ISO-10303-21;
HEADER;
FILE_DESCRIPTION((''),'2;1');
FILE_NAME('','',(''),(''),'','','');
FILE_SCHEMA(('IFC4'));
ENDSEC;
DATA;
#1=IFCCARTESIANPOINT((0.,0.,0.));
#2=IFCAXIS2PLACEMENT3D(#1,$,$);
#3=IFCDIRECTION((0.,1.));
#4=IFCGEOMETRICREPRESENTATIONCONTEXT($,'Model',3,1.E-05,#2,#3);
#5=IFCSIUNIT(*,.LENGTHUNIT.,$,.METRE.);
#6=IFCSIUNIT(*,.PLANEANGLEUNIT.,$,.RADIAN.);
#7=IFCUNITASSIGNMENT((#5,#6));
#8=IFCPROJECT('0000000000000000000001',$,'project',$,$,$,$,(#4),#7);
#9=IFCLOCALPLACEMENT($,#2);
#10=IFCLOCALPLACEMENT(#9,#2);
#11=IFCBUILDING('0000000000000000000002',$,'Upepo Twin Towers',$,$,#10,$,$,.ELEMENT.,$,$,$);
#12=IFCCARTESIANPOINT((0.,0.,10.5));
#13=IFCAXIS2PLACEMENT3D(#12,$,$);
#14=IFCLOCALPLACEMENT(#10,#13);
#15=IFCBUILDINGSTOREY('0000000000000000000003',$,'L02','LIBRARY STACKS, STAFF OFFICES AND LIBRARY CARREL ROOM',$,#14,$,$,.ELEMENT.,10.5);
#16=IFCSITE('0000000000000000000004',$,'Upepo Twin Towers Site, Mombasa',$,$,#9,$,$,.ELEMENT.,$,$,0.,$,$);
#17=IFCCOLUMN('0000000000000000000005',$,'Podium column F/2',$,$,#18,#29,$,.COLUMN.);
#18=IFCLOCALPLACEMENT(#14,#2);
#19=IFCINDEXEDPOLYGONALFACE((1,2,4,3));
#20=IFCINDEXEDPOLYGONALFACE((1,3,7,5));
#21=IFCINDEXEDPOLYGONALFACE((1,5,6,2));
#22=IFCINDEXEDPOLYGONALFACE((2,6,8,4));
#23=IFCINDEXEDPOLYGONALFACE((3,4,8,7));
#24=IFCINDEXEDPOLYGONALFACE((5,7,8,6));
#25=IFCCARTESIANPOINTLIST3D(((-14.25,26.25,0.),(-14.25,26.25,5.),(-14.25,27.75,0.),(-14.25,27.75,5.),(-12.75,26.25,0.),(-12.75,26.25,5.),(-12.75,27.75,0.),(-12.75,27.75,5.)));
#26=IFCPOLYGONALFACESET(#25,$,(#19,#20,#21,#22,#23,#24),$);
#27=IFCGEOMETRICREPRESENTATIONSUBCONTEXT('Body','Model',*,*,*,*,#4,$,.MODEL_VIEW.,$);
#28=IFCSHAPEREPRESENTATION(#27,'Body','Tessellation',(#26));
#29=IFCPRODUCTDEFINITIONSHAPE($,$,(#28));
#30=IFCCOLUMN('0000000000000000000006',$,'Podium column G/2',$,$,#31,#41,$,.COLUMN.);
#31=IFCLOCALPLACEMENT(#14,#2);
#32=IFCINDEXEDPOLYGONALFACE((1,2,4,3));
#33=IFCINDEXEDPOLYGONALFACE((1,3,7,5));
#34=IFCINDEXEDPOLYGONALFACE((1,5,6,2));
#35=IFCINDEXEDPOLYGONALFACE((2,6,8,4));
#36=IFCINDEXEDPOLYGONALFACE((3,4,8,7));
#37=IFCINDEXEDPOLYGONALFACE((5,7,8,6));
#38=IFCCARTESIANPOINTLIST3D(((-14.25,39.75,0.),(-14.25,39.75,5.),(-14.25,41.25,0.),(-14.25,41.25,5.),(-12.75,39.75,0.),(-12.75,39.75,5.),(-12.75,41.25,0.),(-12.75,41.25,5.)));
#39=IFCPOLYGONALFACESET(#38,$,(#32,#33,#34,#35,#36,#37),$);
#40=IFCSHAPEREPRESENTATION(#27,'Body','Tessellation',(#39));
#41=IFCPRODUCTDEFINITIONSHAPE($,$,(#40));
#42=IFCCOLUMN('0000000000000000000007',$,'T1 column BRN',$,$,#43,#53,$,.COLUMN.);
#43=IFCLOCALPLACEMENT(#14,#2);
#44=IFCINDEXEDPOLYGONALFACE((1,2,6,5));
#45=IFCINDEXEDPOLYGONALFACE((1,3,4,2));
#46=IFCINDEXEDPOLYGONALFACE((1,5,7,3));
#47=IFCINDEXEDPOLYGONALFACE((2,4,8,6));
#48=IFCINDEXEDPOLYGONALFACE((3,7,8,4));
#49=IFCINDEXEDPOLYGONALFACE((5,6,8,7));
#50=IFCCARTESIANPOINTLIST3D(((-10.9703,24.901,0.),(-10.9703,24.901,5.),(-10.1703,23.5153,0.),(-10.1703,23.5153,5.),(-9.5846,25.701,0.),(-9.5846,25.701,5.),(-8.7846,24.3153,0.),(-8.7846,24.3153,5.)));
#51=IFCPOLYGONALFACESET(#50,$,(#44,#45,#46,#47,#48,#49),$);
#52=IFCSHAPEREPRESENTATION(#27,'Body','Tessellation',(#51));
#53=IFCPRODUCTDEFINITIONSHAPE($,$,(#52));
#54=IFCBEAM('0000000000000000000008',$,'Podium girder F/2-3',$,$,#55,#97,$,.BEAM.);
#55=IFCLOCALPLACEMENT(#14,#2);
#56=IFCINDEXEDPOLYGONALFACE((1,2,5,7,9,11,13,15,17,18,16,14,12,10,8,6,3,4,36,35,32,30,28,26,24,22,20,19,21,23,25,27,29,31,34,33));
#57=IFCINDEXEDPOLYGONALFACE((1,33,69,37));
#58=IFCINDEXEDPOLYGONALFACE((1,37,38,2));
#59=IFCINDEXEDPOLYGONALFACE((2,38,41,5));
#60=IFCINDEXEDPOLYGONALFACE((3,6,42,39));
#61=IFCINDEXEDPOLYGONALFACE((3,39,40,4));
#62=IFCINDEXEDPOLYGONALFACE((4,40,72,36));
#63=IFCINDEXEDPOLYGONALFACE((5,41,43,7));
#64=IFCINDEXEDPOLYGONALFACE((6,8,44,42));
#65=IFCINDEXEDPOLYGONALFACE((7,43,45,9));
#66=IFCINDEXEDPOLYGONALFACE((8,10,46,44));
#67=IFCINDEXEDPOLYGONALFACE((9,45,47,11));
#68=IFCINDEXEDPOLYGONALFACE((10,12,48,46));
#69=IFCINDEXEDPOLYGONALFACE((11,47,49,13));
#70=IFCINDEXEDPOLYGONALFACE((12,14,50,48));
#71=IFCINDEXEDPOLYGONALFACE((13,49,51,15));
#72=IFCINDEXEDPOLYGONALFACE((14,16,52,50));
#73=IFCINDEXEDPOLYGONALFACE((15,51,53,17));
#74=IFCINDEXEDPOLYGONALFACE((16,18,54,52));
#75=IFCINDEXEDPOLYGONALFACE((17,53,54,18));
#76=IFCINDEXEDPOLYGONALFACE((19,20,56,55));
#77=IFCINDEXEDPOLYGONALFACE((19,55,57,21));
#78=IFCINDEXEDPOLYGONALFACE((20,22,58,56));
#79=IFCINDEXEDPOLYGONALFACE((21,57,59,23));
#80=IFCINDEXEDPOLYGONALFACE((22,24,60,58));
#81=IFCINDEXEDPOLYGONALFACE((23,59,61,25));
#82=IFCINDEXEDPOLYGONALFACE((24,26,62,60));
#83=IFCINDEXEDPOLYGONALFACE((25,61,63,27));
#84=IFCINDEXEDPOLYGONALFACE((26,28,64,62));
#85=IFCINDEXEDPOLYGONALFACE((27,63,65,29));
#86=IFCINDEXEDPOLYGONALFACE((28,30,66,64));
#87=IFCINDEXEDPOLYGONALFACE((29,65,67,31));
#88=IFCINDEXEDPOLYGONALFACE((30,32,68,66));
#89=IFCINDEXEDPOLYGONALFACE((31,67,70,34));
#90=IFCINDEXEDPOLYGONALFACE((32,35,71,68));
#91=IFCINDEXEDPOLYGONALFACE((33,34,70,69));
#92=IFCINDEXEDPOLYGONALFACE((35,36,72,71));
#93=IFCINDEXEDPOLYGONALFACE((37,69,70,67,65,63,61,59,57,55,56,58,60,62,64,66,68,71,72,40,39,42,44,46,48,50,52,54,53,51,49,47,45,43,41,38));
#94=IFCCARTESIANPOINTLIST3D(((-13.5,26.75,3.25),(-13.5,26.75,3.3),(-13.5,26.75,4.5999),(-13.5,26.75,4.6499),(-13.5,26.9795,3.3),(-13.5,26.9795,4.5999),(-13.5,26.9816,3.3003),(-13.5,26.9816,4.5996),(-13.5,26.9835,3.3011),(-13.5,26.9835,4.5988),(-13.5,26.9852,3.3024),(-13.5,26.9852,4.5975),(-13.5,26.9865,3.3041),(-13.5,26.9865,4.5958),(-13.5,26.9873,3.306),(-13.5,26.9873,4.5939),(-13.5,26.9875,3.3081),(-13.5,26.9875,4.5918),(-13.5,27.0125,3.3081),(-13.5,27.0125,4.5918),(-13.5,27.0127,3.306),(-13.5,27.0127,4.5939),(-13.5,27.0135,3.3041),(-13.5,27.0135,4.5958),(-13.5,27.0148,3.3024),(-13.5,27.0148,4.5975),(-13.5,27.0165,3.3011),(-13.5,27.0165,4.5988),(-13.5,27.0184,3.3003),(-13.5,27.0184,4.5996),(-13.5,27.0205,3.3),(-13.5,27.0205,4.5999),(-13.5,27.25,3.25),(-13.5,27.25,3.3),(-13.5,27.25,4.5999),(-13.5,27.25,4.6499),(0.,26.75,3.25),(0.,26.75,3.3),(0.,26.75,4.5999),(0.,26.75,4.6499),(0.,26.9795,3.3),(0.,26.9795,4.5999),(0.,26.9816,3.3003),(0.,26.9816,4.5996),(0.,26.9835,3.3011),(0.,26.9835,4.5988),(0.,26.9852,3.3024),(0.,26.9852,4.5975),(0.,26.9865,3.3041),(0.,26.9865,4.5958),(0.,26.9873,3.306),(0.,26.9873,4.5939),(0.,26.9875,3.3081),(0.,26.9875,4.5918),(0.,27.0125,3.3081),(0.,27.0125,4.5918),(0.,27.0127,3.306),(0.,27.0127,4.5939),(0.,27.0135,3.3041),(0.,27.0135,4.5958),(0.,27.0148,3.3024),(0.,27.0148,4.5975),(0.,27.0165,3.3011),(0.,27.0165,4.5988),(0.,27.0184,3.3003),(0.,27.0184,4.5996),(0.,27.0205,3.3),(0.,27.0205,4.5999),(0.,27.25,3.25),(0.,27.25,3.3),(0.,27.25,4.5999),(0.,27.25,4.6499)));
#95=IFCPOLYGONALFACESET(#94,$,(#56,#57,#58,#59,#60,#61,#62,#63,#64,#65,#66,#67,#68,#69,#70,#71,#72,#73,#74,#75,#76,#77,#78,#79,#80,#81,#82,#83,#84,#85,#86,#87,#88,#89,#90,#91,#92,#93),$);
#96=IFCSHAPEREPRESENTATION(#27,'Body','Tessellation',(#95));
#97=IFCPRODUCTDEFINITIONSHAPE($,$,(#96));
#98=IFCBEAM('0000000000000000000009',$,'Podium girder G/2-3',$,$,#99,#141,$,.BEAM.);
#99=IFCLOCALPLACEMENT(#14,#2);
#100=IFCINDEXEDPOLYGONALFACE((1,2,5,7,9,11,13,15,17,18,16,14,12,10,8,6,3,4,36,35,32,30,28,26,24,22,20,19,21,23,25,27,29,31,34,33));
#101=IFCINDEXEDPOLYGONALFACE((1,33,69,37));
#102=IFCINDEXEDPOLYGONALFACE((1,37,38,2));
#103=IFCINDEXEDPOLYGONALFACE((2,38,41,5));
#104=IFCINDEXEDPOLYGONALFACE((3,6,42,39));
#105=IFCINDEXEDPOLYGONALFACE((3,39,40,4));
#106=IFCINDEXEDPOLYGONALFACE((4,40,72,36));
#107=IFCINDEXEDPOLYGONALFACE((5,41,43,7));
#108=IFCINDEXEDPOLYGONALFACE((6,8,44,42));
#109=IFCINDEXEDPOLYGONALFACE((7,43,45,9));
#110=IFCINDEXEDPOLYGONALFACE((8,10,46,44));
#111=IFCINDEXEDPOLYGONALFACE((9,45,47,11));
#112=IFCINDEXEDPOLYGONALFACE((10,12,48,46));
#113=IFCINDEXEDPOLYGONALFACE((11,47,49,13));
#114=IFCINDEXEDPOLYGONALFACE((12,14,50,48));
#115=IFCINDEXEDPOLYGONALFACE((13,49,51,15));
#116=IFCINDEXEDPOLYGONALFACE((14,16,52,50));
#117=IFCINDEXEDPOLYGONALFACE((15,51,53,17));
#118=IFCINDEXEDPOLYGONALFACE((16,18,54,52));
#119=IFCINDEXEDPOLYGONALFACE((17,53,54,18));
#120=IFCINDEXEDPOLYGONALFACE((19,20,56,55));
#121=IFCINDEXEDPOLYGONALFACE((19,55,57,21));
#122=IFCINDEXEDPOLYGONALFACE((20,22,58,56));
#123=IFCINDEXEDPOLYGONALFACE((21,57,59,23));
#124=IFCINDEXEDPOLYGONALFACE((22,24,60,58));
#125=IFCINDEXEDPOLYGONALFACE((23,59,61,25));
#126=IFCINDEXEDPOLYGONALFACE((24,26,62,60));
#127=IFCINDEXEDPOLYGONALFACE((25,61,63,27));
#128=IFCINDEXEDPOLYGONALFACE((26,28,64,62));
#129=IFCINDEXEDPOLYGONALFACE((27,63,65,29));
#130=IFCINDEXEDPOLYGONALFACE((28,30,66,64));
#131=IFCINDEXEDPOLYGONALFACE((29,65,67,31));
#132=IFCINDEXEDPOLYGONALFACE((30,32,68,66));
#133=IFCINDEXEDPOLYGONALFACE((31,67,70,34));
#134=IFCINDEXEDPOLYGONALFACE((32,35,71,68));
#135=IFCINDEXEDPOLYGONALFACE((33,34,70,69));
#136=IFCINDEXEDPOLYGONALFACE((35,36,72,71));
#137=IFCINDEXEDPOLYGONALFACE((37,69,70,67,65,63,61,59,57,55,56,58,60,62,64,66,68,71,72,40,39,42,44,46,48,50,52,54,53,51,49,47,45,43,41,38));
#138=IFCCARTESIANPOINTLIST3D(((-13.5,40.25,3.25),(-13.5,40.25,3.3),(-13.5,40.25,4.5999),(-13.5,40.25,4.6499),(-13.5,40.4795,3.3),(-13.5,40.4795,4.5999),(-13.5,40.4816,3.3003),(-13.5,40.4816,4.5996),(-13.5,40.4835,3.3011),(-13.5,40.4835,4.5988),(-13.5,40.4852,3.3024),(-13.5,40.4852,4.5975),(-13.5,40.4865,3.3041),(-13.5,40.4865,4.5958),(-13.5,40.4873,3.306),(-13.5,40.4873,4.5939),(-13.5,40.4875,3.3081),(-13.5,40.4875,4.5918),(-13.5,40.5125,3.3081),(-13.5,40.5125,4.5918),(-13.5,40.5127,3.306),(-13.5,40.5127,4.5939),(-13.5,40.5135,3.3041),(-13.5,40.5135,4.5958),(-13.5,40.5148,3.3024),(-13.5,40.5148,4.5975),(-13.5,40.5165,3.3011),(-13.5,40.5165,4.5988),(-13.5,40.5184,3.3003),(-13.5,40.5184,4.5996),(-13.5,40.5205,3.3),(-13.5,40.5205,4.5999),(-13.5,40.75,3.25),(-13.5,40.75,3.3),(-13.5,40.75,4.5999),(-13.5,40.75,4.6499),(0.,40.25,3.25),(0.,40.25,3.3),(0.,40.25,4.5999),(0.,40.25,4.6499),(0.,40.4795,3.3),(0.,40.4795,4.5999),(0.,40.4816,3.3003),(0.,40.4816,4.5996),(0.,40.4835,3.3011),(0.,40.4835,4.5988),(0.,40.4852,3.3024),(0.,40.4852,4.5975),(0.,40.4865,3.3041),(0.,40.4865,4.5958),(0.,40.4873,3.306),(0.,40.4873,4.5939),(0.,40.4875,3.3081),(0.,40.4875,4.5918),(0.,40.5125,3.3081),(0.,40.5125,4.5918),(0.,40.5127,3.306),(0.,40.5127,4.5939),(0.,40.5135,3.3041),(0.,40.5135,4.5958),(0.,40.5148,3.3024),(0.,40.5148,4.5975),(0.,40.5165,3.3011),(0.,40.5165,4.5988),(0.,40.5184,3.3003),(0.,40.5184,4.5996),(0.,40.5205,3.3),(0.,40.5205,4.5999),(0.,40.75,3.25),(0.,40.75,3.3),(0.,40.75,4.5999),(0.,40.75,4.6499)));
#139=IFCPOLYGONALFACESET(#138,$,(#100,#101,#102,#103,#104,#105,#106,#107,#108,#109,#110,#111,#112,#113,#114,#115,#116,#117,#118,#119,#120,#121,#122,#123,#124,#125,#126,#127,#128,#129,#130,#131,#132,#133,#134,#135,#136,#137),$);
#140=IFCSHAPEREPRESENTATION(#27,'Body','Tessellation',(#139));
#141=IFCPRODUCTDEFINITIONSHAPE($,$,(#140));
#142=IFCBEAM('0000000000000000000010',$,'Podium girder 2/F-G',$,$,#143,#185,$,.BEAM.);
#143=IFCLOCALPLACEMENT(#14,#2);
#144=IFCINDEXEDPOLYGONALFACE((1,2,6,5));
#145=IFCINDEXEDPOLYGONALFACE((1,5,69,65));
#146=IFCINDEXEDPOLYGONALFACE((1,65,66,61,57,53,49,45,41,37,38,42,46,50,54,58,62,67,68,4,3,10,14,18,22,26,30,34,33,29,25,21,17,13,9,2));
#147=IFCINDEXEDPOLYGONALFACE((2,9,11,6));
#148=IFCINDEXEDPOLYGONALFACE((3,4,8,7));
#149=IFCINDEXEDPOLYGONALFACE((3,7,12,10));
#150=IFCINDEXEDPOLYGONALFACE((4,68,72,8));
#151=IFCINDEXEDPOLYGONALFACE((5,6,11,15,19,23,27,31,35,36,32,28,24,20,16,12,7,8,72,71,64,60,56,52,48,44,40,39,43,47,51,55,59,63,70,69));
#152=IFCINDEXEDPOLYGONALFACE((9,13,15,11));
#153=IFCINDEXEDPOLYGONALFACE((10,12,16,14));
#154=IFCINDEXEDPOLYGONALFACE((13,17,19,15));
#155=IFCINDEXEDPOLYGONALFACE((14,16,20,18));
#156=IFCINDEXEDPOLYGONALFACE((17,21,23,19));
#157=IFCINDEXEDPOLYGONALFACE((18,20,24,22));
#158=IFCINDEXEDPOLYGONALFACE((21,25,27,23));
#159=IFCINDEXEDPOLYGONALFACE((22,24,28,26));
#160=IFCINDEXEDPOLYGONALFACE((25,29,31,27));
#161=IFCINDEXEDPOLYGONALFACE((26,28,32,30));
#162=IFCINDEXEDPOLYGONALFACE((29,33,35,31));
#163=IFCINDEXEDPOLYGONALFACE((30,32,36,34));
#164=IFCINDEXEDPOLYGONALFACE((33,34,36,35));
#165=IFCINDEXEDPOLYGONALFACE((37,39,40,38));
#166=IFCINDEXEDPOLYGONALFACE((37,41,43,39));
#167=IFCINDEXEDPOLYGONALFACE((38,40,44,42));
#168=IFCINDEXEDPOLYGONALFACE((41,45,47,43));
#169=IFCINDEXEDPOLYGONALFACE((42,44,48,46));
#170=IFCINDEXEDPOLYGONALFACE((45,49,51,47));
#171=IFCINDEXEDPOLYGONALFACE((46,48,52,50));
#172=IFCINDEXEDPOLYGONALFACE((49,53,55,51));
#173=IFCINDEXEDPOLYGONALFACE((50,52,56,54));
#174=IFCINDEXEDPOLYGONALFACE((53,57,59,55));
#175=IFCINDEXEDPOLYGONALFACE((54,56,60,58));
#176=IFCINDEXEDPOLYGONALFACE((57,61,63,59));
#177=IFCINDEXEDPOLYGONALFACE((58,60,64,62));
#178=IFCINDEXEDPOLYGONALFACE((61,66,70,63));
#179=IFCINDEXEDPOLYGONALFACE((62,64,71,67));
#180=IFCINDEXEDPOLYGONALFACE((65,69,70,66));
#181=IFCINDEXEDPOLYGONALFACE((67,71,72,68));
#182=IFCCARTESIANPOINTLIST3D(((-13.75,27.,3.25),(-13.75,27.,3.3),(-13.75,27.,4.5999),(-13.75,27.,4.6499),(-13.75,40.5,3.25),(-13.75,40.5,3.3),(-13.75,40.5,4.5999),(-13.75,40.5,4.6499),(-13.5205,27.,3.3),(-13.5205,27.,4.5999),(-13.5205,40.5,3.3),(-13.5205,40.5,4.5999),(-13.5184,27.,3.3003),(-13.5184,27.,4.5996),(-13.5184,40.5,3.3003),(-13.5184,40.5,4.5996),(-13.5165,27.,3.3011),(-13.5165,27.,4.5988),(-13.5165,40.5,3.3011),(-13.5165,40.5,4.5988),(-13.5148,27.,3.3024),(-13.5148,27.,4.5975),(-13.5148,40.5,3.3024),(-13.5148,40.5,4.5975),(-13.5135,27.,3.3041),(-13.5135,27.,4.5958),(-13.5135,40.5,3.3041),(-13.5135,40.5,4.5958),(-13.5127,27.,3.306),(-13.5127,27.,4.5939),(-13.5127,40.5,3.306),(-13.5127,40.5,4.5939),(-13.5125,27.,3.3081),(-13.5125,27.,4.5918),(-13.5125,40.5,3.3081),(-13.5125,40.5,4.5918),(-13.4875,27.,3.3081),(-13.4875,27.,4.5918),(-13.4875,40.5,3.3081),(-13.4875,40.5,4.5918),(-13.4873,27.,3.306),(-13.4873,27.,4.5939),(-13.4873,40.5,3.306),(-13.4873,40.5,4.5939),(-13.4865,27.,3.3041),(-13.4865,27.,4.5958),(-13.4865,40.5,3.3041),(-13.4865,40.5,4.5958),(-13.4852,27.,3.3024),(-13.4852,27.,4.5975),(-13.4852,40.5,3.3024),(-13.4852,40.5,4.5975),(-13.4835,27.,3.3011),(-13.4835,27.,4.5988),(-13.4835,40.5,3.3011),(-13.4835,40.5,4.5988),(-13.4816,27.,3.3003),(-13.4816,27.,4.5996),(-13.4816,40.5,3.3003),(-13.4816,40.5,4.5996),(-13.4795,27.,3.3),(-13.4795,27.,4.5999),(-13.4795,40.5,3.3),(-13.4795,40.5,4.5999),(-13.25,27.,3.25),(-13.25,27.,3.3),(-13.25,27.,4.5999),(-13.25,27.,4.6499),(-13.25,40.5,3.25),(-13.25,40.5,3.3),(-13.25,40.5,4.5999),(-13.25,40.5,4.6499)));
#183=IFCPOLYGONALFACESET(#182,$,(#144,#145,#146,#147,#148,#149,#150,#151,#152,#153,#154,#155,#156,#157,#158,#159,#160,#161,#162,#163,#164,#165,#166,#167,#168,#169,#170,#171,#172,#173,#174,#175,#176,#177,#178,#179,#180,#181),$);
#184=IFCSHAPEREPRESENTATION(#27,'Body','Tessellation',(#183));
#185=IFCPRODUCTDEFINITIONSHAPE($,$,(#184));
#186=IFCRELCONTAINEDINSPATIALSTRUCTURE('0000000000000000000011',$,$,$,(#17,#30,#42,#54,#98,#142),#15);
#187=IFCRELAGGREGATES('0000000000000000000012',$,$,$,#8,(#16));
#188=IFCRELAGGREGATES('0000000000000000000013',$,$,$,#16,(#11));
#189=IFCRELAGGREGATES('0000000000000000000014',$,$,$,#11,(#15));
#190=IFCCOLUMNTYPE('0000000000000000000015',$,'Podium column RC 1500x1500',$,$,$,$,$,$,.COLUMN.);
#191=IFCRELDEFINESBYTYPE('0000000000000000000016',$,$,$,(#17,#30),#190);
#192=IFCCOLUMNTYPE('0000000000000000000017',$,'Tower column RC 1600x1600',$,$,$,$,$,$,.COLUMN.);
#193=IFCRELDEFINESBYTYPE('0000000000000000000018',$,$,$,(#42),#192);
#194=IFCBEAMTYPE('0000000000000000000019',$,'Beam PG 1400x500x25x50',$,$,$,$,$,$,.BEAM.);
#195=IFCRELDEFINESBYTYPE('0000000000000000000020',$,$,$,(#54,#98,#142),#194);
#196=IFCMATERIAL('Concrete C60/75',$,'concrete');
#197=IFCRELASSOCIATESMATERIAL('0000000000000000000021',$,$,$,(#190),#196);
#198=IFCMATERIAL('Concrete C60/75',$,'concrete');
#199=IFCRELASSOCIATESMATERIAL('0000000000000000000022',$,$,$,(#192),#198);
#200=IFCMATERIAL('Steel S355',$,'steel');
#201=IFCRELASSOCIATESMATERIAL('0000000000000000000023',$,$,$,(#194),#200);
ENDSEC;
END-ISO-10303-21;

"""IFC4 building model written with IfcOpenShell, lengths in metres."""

from ifc_helpers import new_model, si_unit, direction, frame, origin, origin_2d, place, context, subcontext, project, spatial, rectangle, i_section, extrude, material, material_profile, profile_set, type_object, element, save


model = new_model("IFC4")

# Units and contexts
model_context = context("Model", 3, precision=1e-05, world=origin(), true_north=direction((0.0, 1.0)))
body_context = subcontext(model_context, "Body", "Model", "MODEL_VIEW")
ifc_project = project(units=[si_unit("LENGTHUNIT", "METRE"), si_unit("PLANEANGLEUNIT", "RADIAN")], contexts=[model_context])

# Site, building, storey
site_placement = place(None, origin())
site = spatial("IfcSite", under=ifc_project, at=site_placement, Name="Upepo Twin Towers Site, Mombasa", CompositionType="ELEMENT", RefElevation=0.0)
building_placement = place(site_placement, origin())
building = spatial("IfcBuilding", under=site, at=building_placement, Name="Upepo Twin Towers", CompositionType="ELEMENT")
storey_placement = place(building_placement, frame((0.0, 0.0, 10.5)))
storey = spatial("IfcBuildingStorey", under=building, at=storey_placement, Name="L02", Description="LIBRARY STACKS, STAFF OFFICES AND LIBRARY CARREL ROOM", CompositionType="ELEMENT", Elevation=10.5)

# Columns
ifc_material_1 = material(Name="Concrete C60/75", Category="concrete")
ifc_material_profile_1 = material_profile(ifc_material_1, rectangle(XDim=1.5, YDim=1.5, at=origin_2d()), Name="RC 1500x1500")
ifc_profile_set_1 = profile_set([ifc_material_profile_1], Name="Concrete C60/75")
column_type_1 = type_object("IfcColumnType", Name="Podium column RC 1500x1500", PredefinedType="COLUMN", material=ifc_profile_set_1)
for number, where, z_axis, x_axis, name in (
    (1, (-13.5, 27.0, 0.0), (0.0, 0.0, 1.0), (1.0, 0.0, 0.0), "Podium column F/2"),
    (2, (-13.5, 40.5, 0.0), (0.0, 0.0, 1.0), (1.0, 0.0, 0.0), "Podium column G/2"),
):
    element("IfcColumn", number, at=place(storey_placement, frame(where, z_axis=z_axis, x_axis=x_axis)), inside=storey, type_object=column_type_1, Name=name, PredefinedType="COLUMN", context=body_context, shape_type="SweptSolid", body=[
        extrude(rectangle(XDim=1.5, YDim=1.5, at=origin_2d()), origin(), (0.0, 0.0, 1.0), 5.0),
    ])
ifc_material_2 = material(Name="Concrete C60/75", Category="concrete")
ifc_material_profile_2 = material_profile(ifc_material_2, rectangle(XDim=1.6001, YDim=1.6001, at=origin_2d()), Name="RC 1600x1600")
ifc_profile_set_2 = profile_set([ifc_material_profile_2], Name="Concrete C60/75")
column_type_2 = type_object("IfcColumnType", Name="Tower column RC 1600x1600", PredefinedType="COLUMN", material=ifc_profile_set_2)
column_placement = place(storey_placement, frame((-9.8774, 24.6082, 0.0), z_axis=(0.0, 0.0, 1.0), x_axis=(0.866025, 0.5, 0.0)))
element("IfcColumn", 3, at=column_placement, inside=storey, type_object=column_type_2, Name="T1 column BRN", PredefinedType="COLUMN", context=body_context, shape_type="SweptSolid", body=[
    extrude(rectangle(XDim=1.6001, YDim=1.6001, at=origin_2d()), origin(), (0.0, 0.0, 1.0), 5.0),
])

# Beams
ifc_material_3 = material(Name="Steel S355", Category="steel")
ifc_material_profile_3 = material_profile(ifc_material_3, i_section(OverallWidth=0.5, OverallDepth=1.3999, WebThickness=0.0249, FlangeThickness=0.05, FilletRadius=0.0081, at=origin_2d()), Name="PG 1400x500x25x50")
ifc_profile_set_3 = profile_set([ifc_material_profile_3], Name="Steel S355")
beam_type_1 = type_object("IfcBeamType", Name="Beam PG 1400x500x25x50", PredefinedType="BEAM", material=ifc_profile_set_3)
for number, where, z_axis, x_axis, name in (
    (4, (-13.5, 27.0, 3.95), (1.0, 0.0, 0.0), (0.0, 1.0, 0.0), "Podium girder F/2-3"),
    (5, (-13.5, 40.5, 3.95), (1.0, 0.0, 0.0), (0.0, 1.0, 0.0), "Podium girder G/2-3"),
    (6, (-13.5, 27.0, 3.95), (0.0, 1.0, 0.0), (-1.0, 0.0, 0.0), "Podium girder 2/F-G"),
):
    element("IfcBeam", number, at=place(storey_placement, frame(where, z_axis=z_axis, x_axis=x_axis)), inside=storey, type_object=beam_type_1, Name=name, PredefinedType="BEAM", context=body_context, shape_type="SweptSolid", body=[
        extrude(i_section(OverallWidth=0.5, OverallDepth=1.3999, WebThickness=0.0249, FlangeThickness=0.05, FilletRadius=0.0081, at=origin_2d()), origin(), (0.0, 0.0, 1.0), 13.5),
    ])

save(model, "model.ifc")
